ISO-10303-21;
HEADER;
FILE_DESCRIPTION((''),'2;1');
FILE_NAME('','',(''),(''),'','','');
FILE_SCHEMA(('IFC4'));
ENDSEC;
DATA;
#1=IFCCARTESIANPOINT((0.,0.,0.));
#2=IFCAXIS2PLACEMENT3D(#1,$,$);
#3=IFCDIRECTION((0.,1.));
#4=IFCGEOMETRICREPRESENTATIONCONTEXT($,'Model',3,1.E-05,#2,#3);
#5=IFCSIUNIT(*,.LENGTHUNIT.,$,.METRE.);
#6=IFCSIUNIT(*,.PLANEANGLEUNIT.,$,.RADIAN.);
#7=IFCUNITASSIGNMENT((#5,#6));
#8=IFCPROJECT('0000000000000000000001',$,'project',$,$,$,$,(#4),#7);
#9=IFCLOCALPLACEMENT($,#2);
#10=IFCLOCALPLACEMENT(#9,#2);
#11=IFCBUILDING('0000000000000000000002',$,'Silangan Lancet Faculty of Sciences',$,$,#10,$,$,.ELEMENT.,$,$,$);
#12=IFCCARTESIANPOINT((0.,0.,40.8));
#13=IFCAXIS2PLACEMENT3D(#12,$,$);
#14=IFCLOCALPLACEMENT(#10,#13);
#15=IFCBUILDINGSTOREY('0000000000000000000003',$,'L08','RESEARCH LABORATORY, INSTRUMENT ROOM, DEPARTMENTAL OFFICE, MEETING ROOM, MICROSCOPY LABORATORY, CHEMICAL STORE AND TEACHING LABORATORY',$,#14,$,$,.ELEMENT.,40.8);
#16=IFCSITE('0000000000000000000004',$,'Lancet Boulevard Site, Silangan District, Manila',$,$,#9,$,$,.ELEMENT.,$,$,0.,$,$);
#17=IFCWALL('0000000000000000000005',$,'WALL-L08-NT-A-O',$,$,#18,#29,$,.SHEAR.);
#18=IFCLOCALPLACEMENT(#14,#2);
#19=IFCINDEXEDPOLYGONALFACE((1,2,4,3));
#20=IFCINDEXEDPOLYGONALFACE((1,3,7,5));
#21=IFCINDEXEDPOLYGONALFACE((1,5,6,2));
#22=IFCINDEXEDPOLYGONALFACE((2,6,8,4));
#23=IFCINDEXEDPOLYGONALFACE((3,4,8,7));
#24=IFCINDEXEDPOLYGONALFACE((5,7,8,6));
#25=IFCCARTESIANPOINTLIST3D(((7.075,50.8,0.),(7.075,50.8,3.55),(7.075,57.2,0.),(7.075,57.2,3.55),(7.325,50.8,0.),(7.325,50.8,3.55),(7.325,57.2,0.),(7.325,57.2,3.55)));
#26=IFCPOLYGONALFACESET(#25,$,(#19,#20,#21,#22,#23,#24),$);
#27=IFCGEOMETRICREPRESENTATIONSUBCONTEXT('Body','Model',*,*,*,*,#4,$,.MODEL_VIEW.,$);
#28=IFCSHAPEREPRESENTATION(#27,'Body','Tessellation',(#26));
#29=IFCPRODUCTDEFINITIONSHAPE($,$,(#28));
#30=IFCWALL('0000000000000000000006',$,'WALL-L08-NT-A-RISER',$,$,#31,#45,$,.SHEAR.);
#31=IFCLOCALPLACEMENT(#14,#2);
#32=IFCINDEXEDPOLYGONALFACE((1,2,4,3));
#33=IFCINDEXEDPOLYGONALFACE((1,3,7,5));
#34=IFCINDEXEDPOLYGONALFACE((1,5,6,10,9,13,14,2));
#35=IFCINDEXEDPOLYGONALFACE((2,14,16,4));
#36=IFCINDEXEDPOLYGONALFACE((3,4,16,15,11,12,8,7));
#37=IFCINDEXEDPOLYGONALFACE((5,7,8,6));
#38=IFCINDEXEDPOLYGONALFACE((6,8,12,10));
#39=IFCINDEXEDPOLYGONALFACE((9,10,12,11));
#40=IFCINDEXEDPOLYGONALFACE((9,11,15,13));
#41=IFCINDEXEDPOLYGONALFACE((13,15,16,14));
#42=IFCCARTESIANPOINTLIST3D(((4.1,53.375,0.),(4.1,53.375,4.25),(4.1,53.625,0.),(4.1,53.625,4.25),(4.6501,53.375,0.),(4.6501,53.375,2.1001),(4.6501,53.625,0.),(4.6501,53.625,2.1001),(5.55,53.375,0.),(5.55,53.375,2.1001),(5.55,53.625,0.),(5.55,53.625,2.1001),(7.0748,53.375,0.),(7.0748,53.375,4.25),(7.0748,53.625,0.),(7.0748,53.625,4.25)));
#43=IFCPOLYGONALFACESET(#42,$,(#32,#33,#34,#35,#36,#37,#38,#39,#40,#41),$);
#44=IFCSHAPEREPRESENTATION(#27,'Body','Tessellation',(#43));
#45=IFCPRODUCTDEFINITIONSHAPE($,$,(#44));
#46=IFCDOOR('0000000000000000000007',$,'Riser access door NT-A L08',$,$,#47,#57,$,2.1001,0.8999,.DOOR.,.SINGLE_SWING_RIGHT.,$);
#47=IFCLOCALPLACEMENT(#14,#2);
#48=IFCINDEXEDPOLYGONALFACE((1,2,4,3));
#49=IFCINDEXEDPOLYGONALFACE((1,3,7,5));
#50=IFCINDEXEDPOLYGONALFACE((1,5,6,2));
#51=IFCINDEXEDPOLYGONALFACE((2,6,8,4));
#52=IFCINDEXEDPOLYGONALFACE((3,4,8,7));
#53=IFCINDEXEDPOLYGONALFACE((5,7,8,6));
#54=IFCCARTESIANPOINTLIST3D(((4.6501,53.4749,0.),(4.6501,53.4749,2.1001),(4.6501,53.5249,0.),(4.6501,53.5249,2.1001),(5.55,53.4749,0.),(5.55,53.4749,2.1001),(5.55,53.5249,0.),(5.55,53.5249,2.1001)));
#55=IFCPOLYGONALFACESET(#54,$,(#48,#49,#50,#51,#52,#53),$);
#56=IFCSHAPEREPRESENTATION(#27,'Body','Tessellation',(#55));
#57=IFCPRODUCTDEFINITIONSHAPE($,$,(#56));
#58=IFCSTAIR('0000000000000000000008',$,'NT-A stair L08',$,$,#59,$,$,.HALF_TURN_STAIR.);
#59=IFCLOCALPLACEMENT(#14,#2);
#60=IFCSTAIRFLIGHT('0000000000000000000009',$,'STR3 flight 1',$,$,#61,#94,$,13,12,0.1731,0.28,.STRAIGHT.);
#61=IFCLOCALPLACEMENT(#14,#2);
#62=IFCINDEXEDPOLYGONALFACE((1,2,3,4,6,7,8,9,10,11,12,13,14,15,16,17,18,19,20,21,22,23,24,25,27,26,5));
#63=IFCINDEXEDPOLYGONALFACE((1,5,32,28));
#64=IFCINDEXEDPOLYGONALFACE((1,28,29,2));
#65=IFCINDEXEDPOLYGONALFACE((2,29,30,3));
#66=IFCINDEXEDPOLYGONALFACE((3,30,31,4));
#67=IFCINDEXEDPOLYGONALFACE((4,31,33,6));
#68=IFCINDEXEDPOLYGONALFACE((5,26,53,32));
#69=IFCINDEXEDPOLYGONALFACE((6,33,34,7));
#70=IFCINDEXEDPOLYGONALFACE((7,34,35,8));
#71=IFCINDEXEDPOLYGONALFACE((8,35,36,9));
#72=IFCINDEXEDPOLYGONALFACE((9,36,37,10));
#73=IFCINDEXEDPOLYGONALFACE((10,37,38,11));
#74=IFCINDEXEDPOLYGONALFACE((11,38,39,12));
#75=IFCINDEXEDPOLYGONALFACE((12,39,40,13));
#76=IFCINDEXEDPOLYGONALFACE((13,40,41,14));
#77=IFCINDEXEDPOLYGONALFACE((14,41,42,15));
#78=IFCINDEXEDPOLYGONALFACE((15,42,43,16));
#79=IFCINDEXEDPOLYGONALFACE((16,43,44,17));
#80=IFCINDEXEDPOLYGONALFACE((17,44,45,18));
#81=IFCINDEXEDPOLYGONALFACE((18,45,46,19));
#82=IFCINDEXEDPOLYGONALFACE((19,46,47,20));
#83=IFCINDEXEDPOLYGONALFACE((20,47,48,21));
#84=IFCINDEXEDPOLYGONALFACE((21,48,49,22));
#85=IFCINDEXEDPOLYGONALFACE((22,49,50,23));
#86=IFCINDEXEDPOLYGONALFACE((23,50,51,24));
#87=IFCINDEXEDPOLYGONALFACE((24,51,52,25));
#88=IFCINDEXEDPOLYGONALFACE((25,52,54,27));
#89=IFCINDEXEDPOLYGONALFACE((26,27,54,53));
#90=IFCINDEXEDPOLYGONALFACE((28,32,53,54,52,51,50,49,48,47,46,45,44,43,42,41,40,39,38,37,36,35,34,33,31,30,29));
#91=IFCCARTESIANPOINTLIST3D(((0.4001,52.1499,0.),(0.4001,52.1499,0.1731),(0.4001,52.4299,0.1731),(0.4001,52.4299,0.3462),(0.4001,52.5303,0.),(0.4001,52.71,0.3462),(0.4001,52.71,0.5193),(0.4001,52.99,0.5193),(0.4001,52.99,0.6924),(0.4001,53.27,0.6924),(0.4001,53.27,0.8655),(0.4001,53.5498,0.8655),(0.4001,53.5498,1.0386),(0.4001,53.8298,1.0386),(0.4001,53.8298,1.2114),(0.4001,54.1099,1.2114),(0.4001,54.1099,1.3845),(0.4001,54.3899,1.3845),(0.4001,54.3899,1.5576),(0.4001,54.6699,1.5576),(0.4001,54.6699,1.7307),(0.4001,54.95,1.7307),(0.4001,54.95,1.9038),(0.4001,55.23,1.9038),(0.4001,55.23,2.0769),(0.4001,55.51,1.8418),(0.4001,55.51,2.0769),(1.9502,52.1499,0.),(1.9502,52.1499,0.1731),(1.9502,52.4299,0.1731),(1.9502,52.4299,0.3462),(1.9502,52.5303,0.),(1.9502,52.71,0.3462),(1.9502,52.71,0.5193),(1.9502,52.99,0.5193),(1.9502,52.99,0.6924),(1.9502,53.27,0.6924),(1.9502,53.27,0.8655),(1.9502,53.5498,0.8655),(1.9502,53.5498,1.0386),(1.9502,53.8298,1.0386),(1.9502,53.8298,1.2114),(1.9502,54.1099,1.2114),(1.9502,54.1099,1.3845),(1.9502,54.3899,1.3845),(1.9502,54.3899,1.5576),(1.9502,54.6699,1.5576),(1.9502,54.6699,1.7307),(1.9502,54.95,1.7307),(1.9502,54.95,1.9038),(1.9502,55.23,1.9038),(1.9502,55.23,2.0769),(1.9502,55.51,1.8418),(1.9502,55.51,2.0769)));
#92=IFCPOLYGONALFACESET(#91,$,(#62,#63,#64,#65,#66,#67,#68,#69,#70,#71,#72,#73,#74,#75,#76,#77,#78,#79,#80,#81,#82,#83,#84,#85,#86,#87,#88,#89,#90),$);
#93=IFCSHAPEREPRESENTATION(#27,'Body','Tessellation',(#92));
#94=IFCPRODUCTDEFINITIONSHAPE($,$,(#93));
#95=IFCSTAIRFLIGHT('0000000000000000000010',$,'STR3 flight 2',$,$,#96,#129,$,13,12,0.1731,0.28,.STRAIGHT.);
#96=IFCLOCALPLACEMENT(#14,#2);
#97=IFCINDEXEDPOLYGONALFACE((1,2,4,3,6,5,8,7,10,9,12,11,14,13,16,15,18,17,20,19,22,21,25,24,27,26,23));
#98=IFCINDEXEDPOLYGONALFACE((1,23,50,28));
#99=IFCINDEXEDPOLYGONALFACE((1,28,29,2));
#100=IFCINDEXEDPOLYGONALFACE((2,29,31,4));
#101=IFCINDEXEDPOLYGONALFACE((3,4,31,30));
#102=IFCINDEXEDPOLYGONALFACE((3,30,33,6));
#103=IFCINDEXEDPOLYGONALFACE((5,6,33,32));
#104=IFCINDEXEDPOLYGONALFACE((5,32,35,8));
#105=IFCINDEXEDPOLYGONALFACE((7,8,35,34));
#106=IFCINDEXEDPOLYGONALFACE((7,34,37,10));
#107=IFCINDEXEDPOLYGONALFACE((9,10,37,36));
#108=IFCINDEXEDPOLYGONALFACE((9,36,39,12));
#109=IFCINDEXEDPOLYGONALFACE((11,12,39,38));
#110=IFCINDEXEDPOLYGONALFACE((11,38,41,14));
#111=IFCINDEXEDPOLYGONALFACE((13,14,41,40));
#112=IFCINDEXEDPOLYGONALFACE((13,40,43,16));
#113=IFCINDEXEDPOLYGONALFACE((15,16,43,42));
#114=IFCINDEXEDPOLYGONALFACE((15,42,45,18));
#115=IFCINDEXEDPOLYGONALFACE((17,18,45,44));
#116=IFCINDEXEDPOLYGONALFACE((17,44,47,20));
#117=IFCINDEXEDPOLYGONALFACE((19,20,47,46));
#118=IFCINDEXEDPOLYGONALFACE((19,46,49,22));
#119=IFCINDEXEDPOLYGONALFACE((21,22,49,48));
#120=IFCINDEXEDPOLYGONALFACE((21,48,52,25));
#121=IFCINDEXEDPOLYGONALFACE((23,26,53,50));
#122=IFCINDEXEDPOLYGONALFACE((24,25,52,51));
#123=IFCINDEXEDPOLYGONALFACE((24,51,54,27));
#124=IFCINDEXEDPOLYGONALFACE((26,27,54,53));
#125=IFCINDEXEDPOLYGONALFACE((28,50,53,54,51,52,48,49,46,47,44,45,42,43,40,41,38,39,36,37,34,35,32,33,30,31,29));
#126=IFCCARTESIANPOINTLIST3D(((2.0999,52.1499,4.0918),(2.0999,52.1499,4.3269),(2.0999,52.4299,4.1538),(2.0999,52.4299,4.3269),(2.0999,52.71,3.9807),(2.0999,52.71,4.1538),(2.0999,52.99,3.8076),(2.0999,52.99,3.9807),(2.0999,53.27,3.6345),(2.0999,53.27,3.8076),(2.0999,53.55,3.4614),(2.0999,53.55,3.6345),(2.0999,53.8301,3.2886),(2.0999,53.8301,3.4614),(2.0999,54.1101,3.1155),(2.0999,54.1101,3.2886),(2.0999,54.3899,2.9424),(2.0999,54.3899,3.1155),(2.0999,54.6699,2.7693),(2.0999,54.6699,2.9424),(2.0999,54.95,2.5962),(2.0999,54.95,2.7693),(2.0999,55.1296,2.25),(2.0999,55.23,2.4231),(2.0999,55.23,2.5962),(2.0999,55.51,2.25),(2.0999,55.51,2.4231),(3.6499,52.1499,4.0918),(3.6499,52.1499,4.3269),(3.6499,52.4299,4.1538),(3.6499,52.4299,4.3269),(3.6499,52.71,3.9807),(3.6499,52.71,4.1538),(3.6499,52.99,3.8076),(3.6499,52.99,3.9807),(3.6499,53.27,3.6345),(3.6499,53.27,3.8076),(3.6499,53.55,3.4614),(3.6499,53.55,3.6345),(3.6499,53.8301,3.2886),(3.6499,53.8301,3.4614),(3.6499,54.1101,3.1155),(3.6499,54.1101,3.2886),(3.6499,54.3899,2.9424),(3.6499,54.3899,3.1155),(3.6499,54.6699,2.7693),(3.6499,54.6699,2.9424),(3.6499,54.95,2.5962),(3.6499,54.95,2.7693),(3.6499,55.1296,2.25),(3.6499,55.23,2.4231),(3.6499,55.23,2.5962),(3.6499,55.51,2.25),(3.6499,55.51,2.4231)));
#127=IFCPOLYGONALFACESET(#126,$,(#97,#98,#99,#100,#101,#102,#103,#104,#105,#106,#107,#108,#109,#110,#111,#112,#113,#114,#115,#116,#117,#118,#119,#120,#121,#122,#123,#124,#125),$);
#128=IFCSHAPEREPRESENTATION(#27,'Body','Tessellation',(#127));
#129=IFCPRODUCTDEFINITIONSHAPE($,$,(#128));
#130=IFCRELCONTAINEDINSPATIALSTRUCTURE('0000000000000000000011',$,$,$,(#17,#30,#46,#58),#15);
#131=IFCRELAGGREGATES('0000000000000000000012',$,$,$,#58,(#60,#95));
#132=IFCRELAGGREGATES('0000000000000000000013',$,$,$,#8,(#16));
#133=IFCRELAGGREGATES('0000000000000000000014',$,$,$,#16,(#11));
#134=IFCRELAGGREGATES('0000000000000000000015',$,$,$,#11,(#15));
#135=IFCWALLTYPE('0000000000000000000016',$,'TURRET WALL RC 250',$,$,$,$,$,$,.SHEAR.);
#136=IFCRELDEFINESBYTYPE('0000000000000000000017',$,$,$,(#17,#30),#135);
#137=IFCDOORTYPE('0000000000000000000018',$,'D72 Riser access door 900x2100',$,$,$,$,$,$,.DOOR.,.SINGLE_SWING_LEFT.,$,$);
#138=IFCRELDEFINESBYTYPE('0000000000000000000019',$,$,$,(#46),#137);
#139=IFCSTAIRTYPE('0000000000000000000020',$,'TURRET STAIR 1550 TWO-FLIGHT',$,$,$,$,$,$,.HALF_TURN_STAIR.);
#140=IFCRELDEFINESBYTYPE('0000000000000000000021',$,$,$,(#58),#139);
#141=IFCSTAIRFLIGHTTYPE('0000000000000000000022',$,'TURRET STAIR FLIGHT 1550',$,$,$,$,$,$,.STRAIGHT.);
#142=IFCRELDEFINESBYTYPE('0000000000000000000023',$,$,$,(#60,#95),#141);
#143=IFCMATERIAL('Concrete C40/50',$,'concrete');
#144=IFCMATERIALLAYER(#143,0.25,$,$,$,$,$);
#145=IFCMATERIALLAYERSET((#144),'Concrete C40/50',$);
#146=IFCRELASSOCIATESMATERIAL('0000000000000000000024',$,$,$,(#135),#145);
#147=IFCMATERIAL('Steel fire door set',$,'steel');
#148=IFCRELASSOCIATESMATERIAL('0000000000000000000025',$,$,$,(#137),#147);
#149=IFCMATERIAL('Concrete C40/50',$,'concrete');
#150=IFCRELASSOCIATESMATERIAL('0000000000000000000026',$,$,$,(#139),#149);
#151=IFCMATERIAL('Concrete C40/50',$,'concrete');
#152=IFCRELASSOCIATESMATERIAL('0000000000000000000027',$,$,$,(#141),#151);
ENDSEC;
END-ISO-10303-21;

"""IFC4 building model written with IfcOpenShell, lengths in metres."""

from ifc_helpers import new_model, si_unit, direction, frame, frame_2d, origin, place, context, subcontext, project, spatial, polyline, rectangle, outline, extrude, material, layer, layer_set, type_object, element, fill, aggregate, save


model = new_model("IFC4")

# Units and contexts
model_context = context("Model", 3, precision=1e-05, world=origin(), true_north=direction((0.0, 1.0)))
body_context = subcontext(model_context, "Body", "Model", "MODEL_VIEW")
ifc_project = project(units=[si_unit("LENGTHUNIT", "METRE"), si_unit("PLANEANGLEUNIT", "RADIAN")], contexts=[model_context])

# Site, building, storey
site_placement = place(None, origin())
site = spatial("IfcSite", under=ifc_project, at=site_placement, Name="Lancet Boulevard Site, Silangan District, Manila", CompositionType="ELEMENT", RefElevation=0.0)
building_placement = place(site_placement, origin())
building = spatial("IfcBuilding", under=site, at=building_placement, Name="Silangan Lancet Faculty of Sciences", CompositionType="ELEMENT")
storey_placement = place(building_placement, frame((0.0, 0.0, 40.8)))
storey = spatial("IfcBuildingStorey", under=building, at=storey_placement, Name="L08", Description="RESEARCH LABORATORY, INSTRUMENT ROOM, DEPARTMENTAL OFFICE, MEETING ROOM, MICROSCOPY LABORATORY, CHEMICAL STORE AND TEACHING LABORATORY", CompositionType="ELEMENT", Elevation=40.8)

# Wall
ifc_material_1 = material(Name="Concrete C40/50", Category="concrete")
ifc_layer_1 = layer(ifc_material_1, 0.25)
ifc_layer_set_1 = layer_set([ifc_layer_1], Name="Concrete C40/50")
wall_type_1 = type_object("IfcWallType", Name="TURRET WALL RC 250", PredefinedType="SHEAR", material=ifc_layer_set_1)
wall_1_placement = place(storey_placement, frame((7.2, 50.8, 0.0), z_axis=(0.0, 0.0, 1.0), x_axis=(0.0, 1.0, 0.0)))
element("IfcWall", 1, at=wall_1_placement, inside=storey, type_object=wall_type_1, Name="WALL-L08-NT-A-O", PredefinedType="SHEAR", context=body_context, shape_type="SweptSolid", body=[
    extrude(rectangle(XDim=6.3999, YDim=0.25, at=frame_2d((3.2, 0.0))), origin(), (0.0, 0.0, 1.0), 3.55),
])

# Wall, opening, door
wall_2_placement = place(storey_placement, frame((4.1001, 53.5, 0.0), z_axis=(0.0, 0.0, 1.0), x_axis=(1.0, 0.0, 0.0)))
wall_2 = element("IfcWall", 2, at=wall_2_placement, inside=storey, type_object=wall_type_1, Name="WALL-L08-NT-A-RISER", PredefinedType="SHEAR", context=body_context, shape_type="SweptSolid", body=[
    extrude(rectangle(XDim=2.9749, YDim=0.25, at=frame_2d((1.4873, 0.0))), origin(), (0.0, 0.0, 1.0), 4.25),
])
opening_1_placement = place(wall_2_placement, frame((0.55, 0.0, 0.0)))
opening_1 = element("IfcOpeningElement", 3, at=opening_1_placement, cuts=wall_2, PredefinedType="OPENING", context=body_context, shape_type="SweptSolid", body=[
    extrude(rectangle(XDim=0.8999, YDim=2.1001, at=frame_2d((0.45, 1.05))), frame((0.0, 0.135, 0.0), z_axis=(0.0, -1.0, 0.0), x_axis=(1.0, 0.0, 0.0)), (0.0, 0.0, 1.0), 0.27),
])
ifc_material_2 = material(Name="Steel fire door set", Category="steel")
door_type = type_object("IfcDoorType", Name="D72 Riser access door 900x2100", OperationType="SINGLE_SWING_LEFT", PredefinedType="DOOR", material=ifc_material_2)
door_placement = place(opening_1_placement, origin())
door = element("IfcDoor", 4, at=door_placement, inside=storey, type_object=door_type, Name="Riser access door NT-A L08", OperationType="SINGLE_SWING_RIGHT", OverallHeight=2.1001, OverallWidth=0.8999, PredefinedType="DOOR", context=body_context, shape_type="SweptSolid", body=[
    extrude(rectangle(XDim=0.8999, YDim=2.1001, at=frame_2d((0.45, 1.05))), frame((0.0, 0.0249, 0.0), z_axis=(0.0, -1.0, 0.0), x_axis=(1.0, 0.0, 0.0)), (0.0, 0.0, 1.0), 0.05),
])
fill(opening_1, door)

# Stair, stair flights
ifc_material_3 = material(Name="Concrete C40/50", Category="concrete")
stair_type = type_object("IfcStairType", Name="TURRET STAIR 1550 TWO-FLIGHT", PredefinedType="HALF_TURN_STAIR", material=ifc_material_3)
stair_placement = place(storey_placement, origin())
stair = element("IfcStair", 5, at=stair_placement, inside=storey, type_object=stair_type, Name="NT-A stair L08", PredefinedType="HALF_TURN_STAIR")
ifc_material_4 = material(Name="Concrete C40/50", Category="concrete")
stair_flight_type = type_object("IfcStairFlightType", Name="TURRET STAIR FLIGHT 1550", PredefinedType="STRAIGHT", material=ifc_material_4)
stair_flight_1_placement = place(storey_placement, frame((1.175, 52.1499, 0.0), z_axis=(0.0, 0.0, 1.0), x_axis=(0.0, 1.0, 0.0)))
stair_flight_1 = element("IfcStairFlight", 6, at=stair_flight_1_placement, type_object=stair_flight_type, Name="STR3 flight 1", NumberOfRisers=13, NumberOfTreads=12, PredefinedType="STRAIGHT", RiserHeight=0.1731, TreadLength=0.28, context=body_context, shape_type="SweptSolid", body=[
    extrude(outline(polyline([(0.0, 0.0), (0.0, 0.1731), (0.28, 0.1731), (0.28, 0.3462), (0.5601, 0.3462), (0.5601, 0.5193), (0.8401, 0.5193), (0.8401, 0.6924), (1.1201, 0.6924), (1.1201, 0.8655), (1.3999, 0.8655), (1.3999, 1.0386), (1.6799, 1.0386), (1.6799, 1.2114), (1.96, 1.2114), (1.96, 1.3845), (2.24, 1.3845), (2.24, 1.5576), (2.52, 1.5576), (2.52, 1.7307), (2.8, 1.7307), (2.8, 1.9038), (3.0801, 1.9038), (3.0801, 2.0769), (3.3601, 2.0769), (3.3601, 2.25), (3.3601, 1.8418), (0.3804, 0.0), (0.0, 0.0)])), frame((0.0, 0.7749, 0.0), z_axis=(0.0, -1.0, 0.0), x_axis=(1.0, 0.0, 0.0)), (0.0, 0.0, 1.0), 1.55),
])
stair_flight_2_placement = place(storey_placement, frame((2.875, 55.51, 2.25), z_axis=(0.0, 0.0, 1.0), x_axis=(0.0, -1.0, 0.0)))
stair_flight_2 = element("IfcStairFlight", 7, at=stair_flight_2_placement, type_object=stair_flight_type, Name="STR3 flight 2", NumberOfRisers=13, NumberOfTreads=12, PredefinedType="STRAIGHT", RiserHeight=0.1731, TreadLength=0.28, context=body_context, shape_type="SweptSolid", body=[
    extrude(outline(polyline([(0.0, 0.0), (0.0, 0.1731), (0.28, 0.1731), (0.28, 0.3462), (0.5601, 0.3462), (0.5601, 0.5193), (0.8401, 0.5193), (0.8401, 0.6924), (1.1201, 0.6924), (1.1201, 0.8655), (1.3999, 0.8655), (1.3999, 1.0386), (1.6799, 1.0386), (1.6799, 1.2114), (1.96, 1.2114), (1.96, 1.3845), (2.24, 1.3845), (2.24, 1.5576), (2.52, 1.5576), (2.52, 1.7307), (2.8, 1.7307), (2.8, 1.9038), (3.0801, 1.9038), (3.0801, 2.0769), (3.3601, 2.0769), (3.3601, 2.25), (3.3601, 1.8418), (0.3804, 0.0), (0.0, 0.0)])), frame((0.0, 0.7749, 0.0), z_axis=(0.0, -1.0, 0.0), x_axis=(1.0, 0.0, 0.0)), (0.0, 0.0, 1.0), 1.55),
])
aggregate(stair, [stair_flight_1, stair_flight_2])

save(model, "model.ifc")
